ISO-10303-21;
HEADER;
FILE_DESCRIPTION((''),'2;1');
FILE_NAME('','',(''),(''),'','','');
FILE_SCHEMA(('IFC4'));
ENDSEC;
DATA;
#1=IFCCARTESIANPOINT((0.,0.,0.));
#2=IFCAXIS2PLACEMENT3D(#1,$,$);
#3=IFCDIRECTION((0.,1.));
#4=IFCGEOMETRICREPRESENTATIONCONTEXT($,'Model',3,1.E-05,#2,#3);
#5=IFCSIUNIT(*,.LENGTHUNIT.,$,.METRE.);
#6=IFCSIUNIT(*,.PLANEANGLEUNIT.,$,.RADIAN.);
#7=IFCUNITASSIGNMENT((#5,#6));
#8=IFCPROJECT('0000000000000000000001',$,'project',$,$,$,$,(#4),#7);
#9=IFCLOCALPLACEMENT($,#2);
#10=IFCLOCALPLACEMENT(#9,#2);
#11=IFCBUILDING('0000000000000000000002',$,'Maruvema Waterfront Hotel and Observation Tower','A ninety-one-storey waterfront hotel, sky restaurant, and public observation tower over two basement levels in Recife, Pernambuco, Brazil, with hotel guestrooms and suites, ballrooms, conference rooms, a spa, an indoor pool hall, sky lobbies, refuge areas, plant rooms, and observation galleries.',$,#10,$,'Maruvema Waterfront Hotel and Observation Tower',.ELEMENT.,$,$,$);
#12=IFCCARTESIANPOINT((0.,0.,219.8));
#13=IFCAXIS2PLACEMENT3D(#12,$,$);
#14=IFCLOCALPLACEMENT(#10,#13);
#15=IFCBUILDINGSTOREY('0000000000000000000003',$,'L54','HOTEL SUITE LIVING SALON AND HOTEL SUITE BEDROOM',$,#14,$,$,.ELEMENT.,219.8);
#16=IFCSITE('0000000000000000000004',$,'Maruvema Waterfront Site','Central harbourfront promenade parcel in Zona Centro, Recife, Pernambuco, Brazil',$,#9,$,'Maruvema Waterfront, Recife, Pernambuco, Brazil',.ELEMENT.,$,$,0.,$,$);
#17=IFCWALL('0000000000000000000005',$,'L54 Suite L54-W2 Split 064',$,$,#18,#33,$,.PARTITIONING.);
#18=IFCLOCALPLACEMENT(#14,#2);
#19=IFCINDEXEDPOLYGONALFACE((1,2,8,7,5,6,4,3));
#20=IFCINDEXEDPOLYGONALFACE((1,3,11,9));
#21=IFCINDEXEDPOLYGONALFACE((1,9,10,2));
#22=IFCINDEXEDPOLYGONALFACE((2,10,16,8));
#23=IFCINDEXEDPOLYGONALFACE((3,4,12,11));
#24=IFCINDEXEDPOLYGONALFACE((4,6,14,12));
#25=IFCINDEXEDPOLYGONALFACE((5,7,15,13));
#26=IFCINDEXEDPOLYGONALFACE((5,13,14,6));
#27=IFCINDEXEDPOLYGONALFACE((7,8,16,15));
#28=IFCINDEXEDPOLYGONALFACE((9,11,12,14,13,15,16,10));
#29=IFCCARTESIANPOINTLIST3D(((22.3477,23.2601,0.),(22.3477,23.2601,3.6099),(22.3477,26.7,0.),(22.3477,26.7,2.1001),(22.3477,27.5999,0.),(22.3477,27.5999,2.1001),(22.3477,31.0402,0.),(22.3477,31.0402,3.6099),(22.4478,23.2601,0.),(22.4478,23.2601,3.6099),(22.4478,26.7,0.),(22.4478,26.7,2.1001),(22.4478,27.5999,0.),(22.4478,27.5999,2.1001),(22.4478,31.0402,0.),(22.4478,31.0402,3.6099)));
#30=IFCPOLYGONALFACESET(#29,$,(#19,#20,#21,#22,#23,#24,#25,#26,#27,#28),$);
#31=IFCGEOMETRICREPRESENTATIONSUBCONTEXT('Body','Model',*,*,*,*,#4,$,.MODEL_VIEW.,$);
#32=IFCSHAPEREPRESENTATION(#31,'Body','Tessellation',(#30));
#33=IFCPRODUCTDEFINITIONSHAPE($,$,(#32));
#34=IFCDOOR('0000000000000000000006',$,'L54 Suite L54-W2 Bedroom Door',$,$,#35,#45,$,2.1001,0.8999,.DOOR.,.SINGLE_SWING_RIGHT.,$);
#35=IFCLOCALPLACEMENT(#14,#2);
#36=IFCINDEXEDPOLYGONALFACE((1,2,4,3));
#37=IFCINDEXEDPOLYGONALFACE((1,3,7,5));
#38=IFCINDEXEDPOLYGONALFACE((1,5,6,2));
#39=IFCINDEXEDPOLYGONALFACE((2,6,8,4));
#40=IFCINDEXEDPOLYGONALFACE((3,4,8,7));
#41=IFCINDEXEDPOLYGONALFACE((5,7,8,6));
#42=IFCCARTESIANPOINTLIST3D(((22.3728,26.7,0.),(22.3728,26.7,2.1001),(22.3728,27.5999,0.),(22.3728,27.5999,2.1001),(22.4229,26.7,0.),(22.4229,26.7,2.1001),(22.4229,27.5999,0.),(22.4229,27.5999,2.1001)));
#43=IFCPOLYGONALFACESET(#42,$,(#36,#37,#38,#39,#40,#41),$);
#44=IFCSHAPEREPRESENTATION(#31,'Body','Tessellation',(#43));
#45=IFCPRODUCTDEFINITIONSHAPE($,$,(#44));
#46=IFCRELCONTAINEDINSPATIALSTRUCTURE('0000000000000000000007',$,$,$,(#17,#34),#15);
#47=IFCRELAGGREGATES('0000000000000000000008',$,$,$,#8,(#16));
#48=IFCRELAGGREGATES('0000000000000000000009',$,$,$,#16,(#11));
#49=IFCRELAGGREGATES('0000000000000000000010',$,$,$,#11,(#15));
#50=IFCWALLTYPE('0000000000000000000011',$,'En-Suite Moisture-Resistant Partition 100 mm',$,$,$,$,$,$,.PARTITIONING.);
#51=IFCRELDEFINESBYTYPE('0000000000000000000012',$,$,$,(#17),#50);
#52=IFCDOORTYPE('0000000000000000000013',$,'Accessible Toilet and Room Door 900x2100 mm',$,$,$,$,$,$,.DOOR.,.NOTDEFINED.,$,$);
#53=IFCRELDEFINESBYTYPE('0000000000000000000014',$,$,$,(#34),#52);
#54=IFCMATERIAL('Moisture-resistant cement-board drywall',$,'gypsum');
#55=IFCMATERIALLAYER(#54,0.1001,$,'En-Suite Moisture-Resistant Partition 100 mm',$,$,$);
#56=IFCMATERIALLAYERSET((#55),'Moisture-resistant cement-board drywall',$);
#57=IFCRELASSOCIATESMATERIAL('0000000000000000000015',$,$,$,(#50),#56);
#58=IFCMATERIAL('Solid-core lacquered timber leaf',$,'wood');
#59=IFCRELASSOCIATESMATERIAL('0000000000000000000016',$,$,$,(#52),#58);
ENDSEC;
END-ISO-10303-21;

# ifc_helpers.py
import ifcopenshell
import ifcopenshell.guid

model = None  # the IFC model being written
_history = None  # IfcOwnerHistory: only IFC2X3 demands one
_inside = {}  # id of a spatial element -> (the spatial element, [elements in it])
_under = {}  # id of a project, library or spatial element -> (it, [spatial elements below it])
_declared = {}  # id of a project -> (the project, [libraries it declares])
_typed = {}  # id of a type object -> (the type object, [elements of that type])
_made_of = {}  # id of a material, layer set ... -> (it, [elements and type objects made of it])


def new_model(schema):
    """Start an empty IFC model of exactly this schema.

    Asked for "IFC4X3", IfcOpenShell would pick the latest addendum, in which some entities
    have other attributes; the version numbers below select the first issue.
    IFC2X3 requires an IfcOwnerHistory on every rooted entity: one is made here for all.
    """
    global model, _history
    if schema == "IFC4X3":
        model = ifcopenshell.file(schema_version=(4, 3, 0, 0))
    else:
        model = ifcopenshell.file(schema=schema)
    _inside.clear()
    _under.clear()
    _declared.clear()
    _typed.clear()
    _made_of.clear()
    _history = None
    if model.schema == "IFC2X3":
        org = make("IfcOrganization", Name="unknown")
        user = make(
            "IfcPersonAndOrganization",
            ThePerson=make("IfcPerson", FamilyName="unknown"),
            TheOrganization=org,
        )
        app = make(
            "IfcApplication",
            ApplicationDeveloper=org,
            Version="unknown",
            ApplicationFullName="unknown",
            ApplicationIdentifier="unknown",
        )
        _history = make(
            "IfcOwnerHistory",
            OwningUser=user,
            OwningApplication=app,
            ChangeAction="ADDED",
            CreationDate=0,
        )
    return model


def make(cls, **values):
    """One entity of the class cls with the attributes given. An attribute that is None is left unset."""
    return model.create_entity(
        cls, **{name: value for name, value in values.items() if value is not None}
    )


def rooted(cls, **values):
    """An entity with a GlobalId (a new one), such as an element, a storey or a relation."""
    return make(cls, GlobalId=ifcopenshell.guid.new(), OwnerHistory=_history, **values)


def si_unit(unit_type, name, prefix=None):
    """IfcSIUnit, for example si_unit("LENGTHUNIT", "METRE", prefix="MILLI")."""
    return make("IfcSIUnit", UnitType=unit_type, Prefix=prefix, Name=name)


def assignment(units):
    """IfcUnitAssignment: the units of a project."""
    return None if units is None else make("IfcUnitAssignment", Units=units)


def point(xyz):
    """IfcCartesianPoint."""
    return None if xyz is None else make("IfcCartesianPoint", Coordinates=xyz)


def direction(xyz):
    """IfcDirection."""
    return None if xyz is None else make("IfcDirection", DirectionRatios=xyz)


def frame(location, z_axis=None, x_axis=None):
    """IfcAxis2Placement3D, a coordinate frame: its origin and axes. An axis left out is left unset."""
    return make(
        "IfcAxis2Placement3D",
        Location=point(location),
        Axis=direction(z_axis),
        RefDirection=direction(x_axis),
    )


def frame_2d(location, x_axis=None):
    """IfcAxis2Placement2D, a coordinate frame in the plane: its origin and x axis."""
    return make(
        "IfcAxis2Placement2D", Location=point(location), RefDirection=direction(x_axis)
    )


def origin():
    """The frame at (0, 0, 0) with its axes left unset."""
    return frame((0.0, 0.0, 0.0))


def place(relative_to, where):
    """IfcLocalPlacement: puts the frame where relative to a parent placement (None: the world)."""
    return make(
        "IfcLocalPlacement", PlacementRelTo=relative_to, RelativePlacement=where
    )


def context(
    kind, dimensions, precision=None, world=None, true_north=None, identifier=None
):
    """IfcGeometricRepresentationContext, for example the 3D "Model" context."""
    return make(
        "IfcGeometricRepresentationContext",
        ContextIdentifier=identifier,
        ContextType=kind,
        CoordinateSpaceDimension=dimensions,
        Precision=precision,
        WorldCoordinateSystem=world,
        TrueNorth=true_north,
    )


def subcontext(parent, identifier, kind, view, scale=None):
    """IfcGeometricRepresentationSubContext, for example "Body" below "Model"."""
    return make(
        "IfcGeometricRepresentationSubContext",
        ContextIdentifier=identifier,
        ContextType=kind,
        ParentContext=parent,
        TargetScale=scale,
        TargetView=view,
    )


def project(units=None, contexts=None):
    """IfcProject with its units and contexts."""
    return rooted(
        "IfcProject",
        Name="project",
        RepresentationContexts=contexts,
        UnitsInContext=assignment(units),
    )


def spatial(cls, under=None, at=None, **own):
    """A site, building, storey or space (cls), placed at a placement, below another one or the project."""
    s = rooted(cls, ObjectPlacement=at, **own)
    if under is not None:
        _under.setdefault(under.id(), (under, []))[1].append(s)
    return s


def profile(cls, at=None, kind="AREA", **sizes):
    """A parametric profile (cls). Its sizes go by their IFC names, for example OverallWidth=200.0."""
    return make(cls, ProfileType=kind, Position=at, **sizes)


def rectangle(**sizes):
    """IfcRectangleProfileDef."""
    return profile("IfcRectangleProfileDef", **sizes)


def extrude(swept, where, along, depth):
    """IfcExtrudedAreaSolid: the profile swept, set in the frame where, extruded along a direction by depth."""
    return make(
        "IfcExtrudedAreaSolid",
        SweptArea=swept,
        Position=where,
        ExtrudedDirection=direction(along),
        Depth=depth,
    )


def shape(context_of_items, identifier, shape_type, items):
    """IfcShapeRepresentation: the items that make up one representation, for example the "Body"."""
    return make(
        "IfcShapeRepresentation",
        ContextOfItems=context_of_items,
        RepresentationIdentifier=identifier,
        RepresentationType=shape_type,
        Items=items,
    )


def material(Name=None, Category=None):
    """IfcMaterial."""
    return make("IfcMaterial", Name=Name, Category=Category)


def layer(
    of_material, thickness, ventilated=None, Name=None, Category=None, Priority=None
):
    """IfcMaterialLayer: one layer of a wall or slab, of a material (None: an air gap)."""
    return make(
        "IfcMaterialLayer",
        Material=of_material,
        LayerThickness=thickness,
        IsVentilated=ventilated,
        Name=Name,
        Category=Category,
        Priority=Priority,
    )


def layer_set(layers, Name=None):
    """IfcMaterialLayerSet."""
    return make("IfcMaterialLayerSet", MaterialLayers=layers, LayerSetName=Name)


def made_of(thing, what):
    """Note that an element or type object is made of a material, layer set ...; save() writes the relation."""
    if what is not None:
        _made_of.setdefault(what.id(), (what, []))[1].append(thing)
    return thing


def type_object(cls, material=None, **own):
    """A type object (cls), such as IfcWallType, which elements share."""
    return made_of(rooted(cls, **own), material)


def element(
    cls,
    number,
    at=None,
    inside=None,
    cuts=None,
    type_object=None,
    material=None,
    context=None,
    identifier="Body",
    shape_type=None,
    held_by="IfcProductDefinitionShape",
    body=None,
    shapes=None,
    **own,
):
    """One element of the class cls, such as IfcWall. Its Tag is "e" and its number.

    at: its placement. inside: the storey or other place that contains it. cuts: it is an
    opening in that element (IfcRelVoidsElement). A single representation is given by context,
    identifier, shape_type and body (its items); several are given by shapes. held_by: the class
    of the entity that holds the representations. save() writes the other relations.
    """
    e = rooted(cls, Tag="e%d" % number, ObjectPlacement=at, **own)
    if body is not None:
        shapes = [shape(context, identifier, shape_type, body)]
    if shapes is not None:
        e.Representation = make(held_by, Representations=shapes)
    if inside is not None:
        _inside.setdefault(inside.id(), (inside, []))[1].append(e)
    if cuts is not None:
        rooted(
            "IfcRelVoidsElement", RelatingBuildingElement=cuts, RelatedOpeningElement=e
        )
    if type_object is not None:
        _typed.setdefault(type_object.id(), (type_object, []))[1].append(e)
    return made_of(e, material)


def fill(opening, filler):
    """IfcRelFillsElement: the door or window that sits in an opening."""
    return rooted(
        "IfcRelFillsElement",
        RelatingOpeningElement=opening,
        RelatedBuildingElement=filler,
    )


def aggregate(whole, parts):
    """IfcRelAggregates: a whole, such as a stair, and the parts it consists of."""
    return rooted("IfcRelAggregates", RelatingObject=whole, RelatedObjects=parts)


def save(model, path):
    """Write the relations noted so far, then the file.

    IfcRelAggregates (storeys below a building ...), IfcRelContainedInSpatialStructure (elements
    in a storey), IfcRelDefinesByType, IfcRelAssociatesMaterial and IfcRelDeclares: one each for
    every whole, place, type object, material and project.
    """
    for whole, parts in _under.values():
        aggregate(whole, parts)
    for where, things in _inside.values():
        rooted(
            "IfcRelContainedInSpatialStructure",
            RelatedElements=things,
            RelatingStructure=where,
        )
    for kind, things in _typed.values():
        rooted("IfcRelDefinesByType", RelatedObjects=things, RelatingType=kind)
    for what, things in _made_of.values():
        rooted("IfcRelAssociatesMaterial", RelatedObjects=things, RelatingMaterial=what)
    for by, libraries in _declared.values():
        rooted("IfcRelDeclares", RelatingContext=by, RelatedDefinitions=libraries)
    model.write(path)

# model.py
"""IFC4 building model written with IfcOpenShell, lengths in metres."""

from ifc_helpers import new_model, si_unit, direction, frame, frame_2d, origin, place, context, subcontext, project, spatial, rectangle, extrude, material, layer, layer_set, type_object, element, fill, save


model = new_model("IFC4")

# Units and contexts
model_context = context("Model", 3, precision=1e-05, world=origin(), true_north=direction((0.0, 1.0)))
body_context = subcontext(model_context, "Body", "Model", "MODEL_VIEW")
ifc_project = project(units=[si_unit("LENGTHUNIT", "METRE"), si_unit("PLANEANGLEUNIT", "RADIAN")], contexts=[model_context])

# Site, building, storey
site_placement = place(None, origin())
site = spatial("IfcSite", under=ifc_project, at=site_placement, Name="Maruvema Waterfront Site", Description="Central harbourfront promenade parcel in Zona Centro, Recife, Pernambuco, Brazil", LongName="Maruvema Waterfront, Recife, Pernambuco, Brazil", CompositionType="ELEMENT", RefElevation=0.0)
building_placement = place(site_placement, origin())
building = spatial("IfcBuilding", under=site, at=building_placement, Name="Maruvema Waterfront Hotel and Observation Tower", Description="A ninety-one-storey waterfront hotel, sky restaurant, and public observation tower over two basement levels in Recife, Pernambuco, Brazil, with hotel guestrooms and suites, ballrooms, conference rooms, a spa, an indoor pool hall, sky lobbies, refuge areas, plant rooms, and observation galleries.", LongName="Maruvema Waterfront Hotel and Observation Tower", CompositionType="ELEMENT")
storey_placement = place(building_placement, frame((0.0, 0.0, 219.8)))
storey = spatial("IfcBuildingStorey", under=building, at=storey_placement, Name="L54", Description="HOTEL SUITE LIVING SALON AND HOTEL SUITE BEDROOM", CompositionType="ELEMENT", Elevation=219.8)

# Shared definitions
ifc_material_1 = material(Name="Moisture-resistant cement-board drywall", Category="gypsum")
ifc_layer_1 = layer(ifc_material_1, 0.1001, Name="En-Suite Moisture-Resistant Partition 100 mm")
ifc_layer_set_1 = layer_set([ifc_layer_1], Name="Moisture-resistant cement-board drywall")
wall_type_1 = type_object("IfcWallType", Name="En-Suite Moisture-Resistant Partition 100 mm", PredefinedType="PARTITIONING", material=ifc_layer_set_1)

# Wall, opening, door
wall_1_placement = place(storey_placement, frame((22.3977, 23.26, 0.0), z_axis=(0.0, 0.0, 1.0), x_axis=(0.0, 1.0, 0.0)))
wall_1 = element("IfcWall", 1, at=wall_1_placement, inside=storey, type_object=wall_type_1, Name="L54 Suite L54-W2 Split 064", PredefinedType="PARTITIONING", context=body_context, shape_type="SweptSolid", body=[
    extrude(rectangle(XDim=7.78, YDim=0.1001, at=frame_2d((3.8901, 0.0))), origin(), (0.0, 0.0, 1.0), 3.6099),
])
opening_1_placement = place(wall_1_placement, frame((3.4399, 0.0, 0.0)))
opening_1 = element("IfcOpeningElement", 2, at=opening_1_placement, cuts=wall_1, PredefinedType="OPENING", context=body_context, shape_type="SweptSolid", body=[
    extrude(rectangle(XDim=0.8999, YDim=2.1001, at=frame_2d((0.45, 1.05))), frame((0.0, 0.0601, 0.0), z_axis=(0.0, -1.0, 0.0), x_axis=(1.0, 0.0, 0.0)), (0.0, 0.0, 1.0), 0.1201),
])
ifc_material_2 = material(Name="Solid-core lacquered timber leaf", Category="wood")
door_type_1 = type_object("IfcDoorType", Name="Accessible Toilet and Room Door 900x2100 mm", OperationType="NOTDEFINED", PredefinedType="DOOR", material=ifc_material_2)
door_1_placement = place(opening_1_placement, origin())
door_1 = element("IfcDoor", 3, at=door_1_placement, inside=storey, type_object=door_type_1, Name="L54 Suite L54-W2 Bedroom Door", OperationType="SINGLE_SWING_RIGHT", OverallHeight=2.1001, OverallWidth=0.8999, PredefinedType="DOOR", context=body_context, shape_type="SweptSolid", body=[
    extrude(rectangle(XDim=0.8999, YDim=2.1001, at=frame_2d((0.45, 1.05))), frame((0.0, 0.0249, 0.0), z_axis=(0.0, -1.0, 0.0), x_axis=(1.0, 0.0, 0.0)), (0.0, 0.0, 1.0), 0.05),
])
fill(opening_1, door_1)

save(model, "model.ifc")
